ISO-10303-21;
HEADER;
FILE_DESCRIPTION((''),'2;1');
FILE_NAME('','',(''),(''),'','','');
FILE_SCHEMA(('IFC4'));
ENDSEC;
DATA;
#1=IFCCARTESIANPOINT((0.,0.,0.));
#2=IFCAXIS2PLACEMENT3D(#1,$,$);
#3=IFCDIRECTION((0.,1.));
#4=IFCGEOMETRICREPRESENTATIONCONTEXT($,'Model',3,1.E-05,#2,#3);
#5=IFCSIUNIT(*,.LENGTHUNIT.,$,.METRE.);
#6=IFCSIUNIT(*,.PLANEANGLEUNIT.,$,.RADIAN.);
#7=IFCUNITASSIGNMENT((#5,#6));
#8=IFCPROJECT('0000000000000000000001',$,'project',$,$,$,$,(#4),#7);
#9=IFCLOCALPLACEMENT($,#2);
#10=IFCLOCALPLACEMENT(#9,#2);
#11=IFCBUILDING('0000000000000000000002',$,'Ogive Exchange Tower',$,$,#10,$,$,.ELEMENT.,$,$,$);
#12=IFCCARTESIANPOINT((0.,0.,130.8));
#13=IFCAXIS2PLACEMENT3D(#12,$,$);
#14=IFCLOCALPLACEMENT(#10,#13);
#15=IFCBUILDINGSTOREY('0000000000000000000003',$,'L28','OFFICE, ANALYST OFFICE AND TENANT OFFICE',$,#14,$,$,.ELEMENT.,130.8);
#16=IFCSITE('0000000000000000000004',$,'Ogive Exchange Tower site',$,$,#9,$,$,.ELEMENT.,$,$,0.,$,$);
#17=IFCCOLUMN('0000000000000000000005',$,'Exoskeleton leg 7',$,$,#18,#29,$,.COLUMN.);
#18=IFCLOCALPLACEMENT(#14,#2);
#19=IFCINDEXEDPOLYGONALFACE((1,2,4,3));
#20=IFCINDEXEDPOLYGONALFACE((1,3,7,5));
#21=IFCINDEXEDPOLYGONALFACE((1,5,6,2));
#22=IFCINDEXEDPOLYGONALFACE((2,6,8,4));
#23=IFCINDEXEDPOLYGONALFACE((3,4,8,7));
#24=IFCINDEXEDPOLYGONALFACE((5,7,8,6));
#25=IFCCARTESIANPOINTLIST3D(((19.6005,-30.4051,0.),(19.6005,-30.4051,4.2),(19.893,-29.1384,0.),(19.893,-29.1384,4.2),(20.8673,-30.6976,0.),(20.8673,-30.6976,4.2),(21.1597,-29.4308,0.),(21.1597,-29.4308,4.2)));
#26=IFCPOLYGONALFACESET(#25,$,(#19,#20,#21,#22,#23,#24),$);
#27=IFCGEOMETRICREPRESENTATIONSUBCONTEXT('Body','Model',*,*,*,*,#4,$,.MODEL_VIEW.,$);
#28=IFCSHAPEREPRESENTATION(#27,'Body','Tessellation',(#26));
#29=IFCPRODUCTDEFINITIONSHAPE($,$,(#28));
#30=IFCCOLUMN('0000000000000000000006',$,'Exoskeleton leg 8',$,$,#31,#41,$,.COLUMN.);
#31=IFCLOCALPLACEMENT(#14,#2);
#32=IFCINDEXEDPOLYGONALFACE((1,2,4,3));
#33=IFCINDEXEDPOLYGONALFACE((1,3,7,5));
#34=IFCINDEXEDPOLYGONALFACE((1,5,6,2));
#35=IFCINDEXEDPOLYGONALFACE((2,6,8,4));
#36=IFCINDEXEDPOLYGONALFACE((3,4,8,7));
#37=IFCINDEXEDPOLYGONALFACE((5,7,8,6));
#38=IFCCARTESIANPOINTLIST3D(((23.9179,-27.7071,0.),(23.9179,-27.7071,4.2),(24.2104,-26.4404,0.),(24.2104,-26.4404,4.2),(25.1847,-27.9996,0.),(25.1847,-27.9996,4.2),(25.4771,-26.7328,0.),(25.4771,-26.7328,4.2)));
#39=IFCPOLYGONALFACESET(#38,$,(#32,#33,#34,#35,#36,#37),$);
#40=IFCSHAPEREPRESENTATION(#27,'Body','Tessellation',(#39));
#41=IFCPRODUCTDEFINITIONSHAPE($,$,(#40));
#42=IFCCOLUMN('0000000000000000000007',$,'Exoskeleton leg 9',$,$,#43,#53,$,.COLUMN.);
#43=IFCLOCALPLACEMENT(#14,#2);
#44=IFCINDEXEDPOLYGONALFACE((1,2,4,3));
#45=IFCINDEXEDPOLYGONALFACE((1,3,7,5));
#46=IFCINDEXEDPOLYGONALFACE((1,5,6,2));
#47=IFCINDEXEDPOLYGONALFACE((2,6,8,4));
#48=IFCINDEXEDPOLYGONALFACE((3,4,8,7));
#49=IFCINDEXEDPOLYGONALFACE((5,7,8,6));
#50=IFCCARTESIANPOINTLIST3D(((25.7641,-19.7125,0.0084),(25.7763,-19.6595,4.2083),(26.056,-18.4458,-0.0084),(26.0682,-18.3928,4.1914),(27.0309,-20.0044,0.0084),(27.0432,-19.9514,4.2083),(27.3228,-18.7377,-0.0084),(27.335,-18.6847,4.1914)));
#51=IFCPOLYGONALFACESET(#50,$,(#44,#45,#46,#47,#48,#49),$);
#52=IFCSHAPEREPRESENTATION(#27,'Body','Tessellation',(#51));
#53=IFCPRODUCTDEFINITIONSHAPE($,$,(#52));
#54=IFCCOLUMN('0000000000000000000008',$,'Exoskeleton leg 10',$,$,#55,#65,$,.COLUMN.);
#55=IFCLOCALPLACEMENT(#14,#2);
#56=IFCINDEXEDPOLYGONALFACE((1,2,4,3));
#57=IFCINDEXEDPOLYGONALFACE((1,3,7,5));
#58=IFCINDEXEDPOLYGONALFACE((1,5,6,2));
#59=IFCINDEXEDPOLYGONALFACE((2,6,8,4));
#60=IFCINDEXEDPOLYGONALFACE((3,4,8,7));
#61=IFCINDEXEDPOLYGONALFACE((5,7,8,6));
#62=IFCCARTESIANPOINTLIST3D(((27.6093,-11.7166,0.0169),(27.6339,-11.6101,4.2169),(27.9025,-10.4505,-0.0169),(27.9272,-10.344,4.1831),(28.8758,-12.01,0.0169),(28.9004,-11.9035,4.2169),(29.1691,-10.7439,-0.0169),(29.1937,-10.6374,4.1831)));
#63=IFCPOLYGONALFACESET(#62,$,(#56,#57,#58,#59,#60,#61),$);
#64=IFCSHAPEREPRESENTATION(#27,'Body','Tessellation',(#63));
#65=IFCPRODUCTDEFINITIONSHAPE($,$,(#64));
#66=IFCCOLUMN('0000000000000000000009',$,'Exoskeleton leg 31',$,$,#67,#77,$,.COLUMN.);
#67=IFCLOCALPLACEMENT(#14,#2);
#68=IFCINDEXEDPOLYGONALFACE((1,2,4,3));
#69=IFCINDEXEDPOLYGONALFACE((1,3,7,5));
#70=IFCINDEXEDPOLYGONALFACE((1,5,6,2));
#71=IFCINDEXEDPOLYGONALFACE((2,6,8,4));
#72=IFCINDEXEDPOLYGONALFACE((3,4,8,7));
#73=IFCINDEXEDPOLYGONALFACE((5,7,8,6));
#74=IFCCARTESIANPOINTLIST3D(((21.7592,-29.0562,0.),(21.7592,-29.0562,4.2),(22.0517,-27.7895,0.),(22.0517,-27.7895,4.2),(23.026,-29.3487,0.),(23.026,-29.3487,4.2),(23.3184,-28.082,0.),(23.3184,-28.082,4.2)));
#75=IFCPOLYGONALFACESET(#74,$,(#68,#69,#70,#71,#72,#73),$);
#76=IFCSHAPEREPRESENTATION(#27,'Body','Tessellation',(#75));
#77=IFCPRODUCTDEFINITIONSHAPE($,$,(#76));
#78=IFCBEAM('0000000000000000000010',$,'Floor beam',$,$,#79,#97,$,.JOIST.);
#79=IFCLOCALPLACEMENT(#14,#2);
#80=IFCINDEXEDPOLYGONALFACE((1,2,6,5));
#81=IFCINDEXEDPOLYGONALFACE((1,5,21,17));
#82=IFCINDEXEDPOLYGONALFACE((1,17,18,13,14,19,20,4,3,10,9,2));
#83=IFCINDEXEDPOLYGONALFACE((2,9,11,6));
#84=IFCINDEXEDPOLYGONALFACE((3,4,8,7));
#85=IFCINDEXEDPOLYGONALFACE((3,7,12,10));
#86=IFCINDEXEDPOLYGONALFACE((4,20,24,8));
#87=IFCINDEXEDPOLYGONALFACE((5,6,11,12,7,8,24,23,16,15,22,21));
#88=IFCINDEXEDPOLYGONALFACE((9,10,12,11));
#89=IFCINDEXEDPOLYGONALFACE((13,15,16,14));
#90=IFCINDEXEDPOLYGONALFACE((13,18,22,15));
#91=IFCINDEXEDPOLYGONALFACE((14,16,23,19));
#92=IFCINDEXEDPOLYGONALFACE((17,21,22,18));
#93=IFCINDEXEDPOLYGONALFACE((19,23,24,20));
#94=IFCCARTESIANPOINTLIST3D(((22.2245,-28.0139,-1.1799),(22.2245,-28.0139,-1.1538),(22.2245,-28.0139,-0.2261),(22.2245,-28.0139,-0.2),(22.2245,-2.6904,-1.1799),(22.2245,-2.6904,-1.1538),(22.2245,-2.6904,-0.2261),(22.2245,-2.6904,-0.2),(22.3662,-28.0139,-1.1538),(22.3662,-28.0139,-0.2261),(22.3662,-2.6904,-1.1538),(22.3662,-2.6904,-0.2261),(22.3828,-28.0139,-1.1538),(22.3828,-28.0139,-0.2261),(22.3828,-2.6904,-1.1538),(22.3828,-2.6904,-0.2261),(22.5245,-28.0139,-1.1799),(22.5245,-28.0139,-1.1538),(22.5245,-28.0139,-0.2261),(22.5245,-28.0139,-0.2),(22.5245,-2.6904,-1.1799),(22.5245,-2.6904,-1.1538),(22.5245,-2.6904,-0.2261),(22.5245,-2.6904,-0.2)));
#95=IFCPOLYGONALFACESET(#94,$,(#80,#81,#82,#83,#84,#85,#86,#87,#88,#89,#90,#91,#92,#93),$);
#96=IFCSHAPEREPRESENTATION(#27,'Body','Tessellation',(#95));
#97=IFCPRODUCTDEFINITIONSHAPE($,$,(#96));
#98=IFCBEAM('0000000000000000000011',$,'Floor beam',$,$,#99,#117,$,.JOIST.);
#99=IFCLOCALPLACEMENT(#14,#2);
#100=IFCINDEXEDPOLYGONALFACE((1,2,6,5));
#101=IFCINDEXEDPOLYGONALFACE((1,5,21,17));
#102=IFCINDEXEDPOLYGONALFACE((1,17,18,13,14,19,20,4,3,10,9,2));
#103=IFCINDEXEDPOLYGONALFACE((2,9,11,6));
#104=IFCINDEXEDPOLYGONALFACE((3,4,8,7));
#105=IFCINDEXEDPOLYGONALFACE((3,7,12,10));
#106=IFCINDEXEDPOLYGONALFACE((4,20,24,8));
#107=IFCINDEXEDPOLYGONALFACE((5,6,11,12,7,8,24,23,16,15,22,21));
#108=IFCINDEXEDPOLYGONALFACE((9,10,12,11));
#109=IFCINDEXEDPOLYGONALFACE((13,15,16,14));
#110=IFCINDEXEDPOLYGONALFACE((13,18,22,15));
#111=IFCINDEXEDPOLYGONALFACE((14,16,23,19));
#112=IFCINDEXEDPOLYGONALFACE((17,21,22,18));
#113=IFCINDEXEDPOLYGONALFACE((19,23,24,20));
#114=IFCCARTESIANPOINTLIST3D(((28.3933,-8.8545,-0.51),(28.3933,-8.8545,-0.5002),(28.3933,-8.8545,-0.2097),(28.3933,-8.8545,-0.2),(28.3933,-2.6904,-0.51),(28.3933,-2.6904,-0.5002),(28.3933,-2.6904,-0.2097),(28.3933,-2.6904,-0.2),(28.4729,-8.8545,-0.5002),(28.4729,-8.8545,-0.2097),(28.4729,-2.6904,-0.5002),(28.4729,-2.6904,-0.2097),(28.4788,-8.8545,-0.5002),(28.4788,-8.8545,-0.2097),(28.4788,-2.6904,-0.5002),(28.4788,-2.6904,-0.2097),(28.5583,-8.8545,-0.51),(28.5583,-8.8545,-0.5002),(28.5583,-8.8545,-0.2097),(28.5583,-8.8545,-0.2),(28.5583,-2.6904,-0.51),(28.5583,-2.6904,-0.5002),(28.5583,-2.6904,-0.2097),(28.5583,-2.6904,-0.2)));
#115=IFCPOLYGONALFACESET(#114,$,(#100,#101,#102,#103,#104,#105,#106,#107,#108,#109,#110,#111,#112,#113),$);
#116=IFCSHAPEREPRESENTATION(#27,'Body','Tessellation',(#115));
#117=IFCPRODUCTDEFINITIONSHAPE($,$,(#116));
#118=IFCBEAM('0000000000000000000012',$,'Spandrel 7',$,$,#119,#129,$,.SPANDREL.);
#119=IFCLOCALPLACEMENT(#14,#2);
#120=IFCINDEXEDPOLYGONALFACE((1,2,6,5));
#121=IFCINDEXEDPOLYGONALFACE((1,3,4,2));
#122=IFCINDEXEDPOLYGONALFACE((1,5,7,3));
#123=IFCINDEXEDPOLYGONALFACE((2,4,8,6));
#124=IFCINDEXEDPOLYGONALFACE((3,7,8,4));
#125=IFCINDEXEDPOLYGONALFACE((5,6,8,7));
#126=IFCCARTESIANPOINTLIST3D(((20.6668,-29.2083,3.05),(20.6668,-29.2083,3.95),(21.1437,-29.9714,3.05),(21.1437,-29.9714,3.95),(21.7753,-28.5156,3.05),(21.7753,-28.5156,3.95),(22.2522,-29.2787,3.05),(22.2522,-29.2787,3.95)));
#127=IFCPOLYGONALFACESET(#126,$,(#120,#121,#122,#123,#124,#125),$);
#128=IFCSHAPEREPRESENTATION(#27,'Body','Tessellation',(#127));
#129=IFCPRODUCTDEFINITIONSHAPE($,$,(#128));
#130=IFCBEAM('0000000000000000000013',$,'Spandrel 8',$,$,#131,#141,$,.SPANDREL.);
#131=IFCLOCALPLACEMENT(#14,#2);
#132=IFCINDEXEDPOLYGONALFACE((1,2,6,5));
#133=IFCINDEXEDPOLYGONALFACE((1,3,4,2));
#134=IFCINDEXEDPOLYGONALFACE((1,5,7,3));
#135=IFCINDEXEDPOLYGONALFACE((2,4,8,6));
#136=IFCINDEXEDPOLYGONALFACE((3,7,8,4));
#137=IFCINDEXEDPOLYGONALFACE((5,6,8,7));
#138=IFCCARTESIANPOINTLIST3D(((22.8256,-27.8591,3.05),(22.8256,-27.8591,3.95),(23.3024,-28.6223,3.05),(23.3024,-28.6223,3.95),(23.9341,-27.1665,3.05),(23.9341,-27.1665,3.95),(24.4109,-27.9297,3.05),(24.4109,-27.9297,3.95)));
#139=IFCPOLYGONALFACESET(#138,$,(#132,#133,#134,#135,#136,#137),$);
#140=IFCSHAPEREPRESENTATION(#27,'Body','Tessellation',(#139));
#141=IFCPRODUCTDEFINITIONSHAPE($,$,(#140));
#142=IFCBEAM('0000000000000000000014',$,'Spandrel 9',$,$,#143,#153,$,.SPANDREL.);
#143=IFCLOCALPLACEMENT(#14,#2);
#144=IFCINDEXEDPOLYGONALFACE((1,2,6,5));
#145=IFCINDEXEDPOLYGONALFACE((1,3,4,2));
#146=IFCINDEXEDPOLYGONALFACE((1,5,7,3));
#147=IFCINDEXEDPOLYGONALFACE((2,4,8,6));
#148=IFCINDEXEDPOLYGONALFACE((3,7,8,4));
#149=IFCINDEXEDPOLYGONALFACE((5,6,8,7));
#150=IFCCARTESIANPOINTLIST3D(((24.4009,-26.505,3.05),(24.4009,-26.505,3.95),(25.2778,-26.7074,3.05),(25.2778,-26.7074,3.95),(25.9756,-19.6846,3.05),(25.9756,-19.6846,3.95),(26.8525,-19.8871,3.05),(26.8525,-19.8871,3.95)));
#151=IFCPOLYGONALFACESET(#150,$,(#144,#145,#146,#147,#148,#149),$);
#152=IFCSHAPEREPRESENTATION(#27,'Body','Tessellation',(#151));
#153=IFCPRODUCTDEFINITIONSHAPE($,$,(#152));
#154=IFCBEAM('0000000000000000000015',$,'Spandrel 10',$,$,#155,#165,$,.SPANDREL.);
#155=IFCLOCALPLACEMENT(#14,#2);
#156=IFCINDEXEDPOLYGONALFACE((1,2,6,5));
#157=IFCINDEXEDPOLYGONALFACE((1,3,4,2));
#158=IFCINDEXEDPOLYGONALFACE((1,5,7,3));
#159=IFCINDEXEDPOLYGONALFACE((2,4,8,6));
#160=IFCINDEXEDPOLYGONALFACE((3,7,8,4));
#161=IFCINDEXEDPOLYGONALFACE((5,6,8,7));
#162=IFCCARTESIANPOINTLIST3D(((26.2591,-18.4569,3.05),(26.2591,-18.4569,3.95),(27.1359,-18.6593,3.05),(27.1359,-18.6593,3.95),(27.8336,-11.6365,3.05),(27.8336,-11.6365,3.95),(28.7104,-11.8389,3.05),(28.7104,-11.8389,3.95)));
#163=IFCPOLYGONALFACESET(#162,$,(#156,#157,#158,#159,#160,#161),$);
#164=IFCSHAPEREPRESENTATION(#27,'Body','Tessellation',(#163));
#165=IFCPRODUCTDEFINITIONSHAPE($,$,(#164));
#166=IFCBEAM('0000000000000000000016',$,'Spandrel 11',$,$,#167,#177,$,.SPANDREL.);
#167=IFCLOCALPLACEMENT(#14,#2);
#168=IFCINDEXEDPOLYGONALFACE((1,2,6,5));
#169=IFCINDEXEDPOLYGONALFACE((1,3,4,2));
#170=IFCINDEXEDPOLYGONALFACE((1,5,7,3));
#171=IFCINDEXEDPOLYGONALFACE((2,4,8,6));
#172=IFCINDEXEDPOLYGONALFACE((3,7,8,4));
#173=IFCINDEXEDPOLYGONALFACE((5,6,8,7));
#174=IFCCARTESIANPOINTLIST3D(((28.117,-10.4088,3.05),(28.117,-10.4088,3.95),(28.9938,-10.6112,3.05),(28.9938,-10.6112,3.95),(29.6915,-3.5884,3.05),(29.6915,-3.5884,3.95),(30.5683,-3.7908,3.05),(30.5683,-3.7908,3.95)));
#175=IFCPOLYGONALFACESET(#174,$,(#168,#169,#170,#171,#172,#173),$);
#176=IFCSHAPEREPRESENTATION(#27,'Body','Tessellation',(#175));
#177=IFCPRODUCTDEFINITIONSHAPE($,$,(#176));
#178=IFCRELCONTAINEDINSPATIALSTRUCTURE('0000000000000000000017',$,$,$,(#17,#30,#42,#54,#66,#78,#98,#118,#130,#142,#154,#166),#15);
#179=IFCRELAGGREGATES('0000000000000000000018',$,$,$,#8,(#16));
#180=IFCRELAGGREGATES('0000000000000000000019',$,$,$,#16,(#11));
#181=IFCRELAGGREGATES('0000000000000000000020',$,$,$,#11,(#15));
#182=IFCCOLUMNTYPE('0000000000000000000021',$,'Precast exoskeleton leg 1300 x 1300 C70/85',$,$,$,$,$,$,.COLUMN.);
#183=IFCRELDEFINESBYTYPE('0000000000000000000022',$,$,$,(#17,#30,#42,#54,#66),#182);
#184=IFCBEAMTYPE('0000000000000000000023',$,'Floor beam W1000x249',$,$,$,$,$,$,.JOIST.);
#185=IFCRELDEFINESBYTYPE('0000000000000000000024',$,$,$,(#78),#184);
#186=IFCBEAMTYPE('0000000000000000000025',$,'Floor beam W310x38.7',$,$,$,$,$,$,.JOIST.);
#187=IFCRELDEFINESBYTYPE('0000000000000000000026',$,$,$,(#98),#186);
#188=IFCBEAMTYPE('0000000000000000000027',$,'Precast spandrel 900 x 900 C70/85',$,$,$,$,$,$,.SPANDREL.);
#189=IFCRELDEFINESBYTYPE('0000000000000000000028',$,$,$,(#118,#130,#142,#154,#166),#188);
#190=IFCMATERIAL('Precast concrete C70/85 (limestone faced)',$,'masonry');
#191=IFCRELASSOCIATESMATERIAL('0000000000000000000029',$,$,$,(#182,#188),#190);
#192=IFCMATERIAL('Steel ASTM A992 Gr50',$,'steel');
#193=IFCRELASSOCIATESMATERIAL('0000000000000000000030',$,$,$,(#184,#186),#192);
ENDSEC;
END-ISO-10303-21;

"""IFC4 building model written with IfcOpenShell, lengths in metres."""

from ifc_helpers import new_model, si_unit, direction, frame, origin, origin_2d, place, context, subcontext, project, spatial, rectangle, i_section, extrude, material, material_profile, profile_set, type_object, element, save


model = new_model("IFC4")

# Units and contexts
model_context = context("Model", 3, precision=1e-05, world=origin(), true_north=direction((0.0, 1.0)))
body_context = subcontext(model_context, "Body", "Model", "MODEL_VIEW")
ifc_project = project(units=[si_unit("LENGTHUNIT", "METRE"), si_unit("PLANEANGLEUNIT", "RADIAN")], contexts=[model_context])

# Site, building, storey
site_placement = place(None, origin())
site = spatial("IfcSite", under=ifc_project, at=site_placement, Name="Ogive Exchange Tower site", CompositionType="ELEMENT", RefElevation=0.0)
building_placement = place(site_placement, origin())
building = spatial("IfcBuilding", under=site, at=building_placement, Name="Ogive Exchange Tower", CompositionType="ELEMENT")
storey_placement = place(building_placement, frame((0.0, 0.0, 130.8)))
storey = spatial("IfcBuildingStorey", under=building, at=storey_placement, Name="L28", Description="OFFICE, ANALYST OFFICE AND TENANT OFFICE", CompositionType="ELEMENT", Elevation=130.8)

# Columns
ifc_material_1 = material(Name="Precast concrete C70/85 (limestone faced)", Category="masonry")
ifc_material_profile_1 = material_profile(ifc_material_1, rectangle(XDim=1.3, YDim=1.3, at=origin_2d()), Name="1300 x 1300")
ifc_profile_set_1 = profile_set([ifc_material_profile_1], Name="Precast concrete C70/85 (limestone faced)")
column_type = type_object("IfcColumnType", Name="Precast exoskeleton leg 1300 x 1300 C70/85", PredefinedType="COLUMN", material=ifc_profile_set_1)
for number, where, z_axis, x_axis, name in (
    (1, (20.3801, -29.918, 0.0), (0.0, 0.0, 1.0), (0.97437, -0.224951, 0.0), "Exoskeleton leg 7"),
    (2, (24.6975, -27.22, 0.0), (0.0, 0.0, 1.0), (0.97437, -0.224951, 0.0), "Exoskeleton leg 8"),
):
    element("IfcColumn", number, at=place(storey_placement, frame(where, z_axis=z_axis, x_axis=x_axis)), inside=storey, type_object=column_type, Name=name, PredefinedType="COLUMN", context=body_context, shape_type="SweptSolid", body=[
        extrude(rectangle(XDim=1.3, YDim=1.3, at=origin_2d()), origin(), (0.0, 0.0, 1.0), 4.2),
    ])
column_1_placement = place(storey_placement, frame((26.5435, -19.2251, 0.0), z_axis=(0.002906, 0.012613, 0.999916), x_axis=(-0.974467, 0.224532, 0.0)))
element("IfcColumn", 3, at=column_1_placement, inside=storey, type_object=column_type, Name="Exoskeleton leg 9", PredefinedType="COLUMN", context=body_context, shape_type="SweptSolid", body=[
    extrude(rectangle(XDim=1.3, YDim=1.3, at=origin_2d()), origin(), (0.0, 0.0, 1.0), 4.2002),
])
column_2_placement = place(storey_placement, frame((28.3892, -11.2302, 0.0), z_axis=(0.005869, 0.025336, 0.999662), x_axis=(-0.974203, 0.225675, 0.0)))
element("IfcColumn", 4, at=column_2_placement, inside=storey, type_object=column_type, Name="Exoskeleton leg 10", PredefinedType="COLUMN", context=body_context, shape_type="SweptSolid", body=[
    extrude(rectangle(XDim=1.3, YDim=1.3, at=origin_2d()), origin(), (0.0, 0.0, 1.0), 4.2014),
])
column_3_placement = place(storey_placement, frame((22.5388, -28.5691, 0.0), z_axis=(0.0, 0.0, 1.0), x_axis=(0.97437, -0.224951, 0.0)))
element("IfcColumn", 5, at=column_3_placement, inside=storey, type_object=column_type, Name="Exoskeleton leg 31", PredefinedType="COLUMN", context=body_context, shape_type="SweptSolid", body=[
    extrude(rectangle(XDim=1.3, YDim=1.3, at=origin_2d()), origin(), (0.0, 0.0, 1.0), 4.2),
])

# Beams
ifc_material_2 = material(Name="Steel ASTM A992 Gr50", Category="steel")
ifc_material_profile_2 = material_profile(ifc_material_2, i_section(OverallWidth=0.3, OverallDepth=0.98, WebThickness=0.0166, FlangeThickness=0.0261, at=origin_2d()), Name="W1000x249")
ifc_profile_set_2 = profile_set([ifc_material_profile_2], Name="Steel ASTM A992 Gr50")
beam_type_1 = type_object("IfcBeamType", Name="Floor beam W1000x249", PredefinedType="JOIST", material=ifc_profile_set_2)
beam_1_placement = place(storey_placement, frame((22.3745, -28.0139, -0.6899), z_axis=(0.0, 1.0, 0.0), x_axis=(-1.0, 0.0, 0.0)))
element("IfcBeam", 6, at=beam_1_placement, inside=storey, type_object=beam_type_1, Name="Floor beam", PredefinedType="JOIST", context=body_context, shape_type="SweptSolid", body=[
    extrude(i_section(OverallWidth=0.3, OverallDepth=0.98, WebThickness=0.0166, FlangeThickness=0.0261, at=origin_2d()), origin(), (0.0, 0.0, 1.0), 25.3235),
])
ifc_material_profile_3 = material_profile(ifc_material_2, i_section(OverallWidth=0.165, OverallDepth=0.3101, WebThickness=0.0059, FlangeThickness=0.0098, at=origin_2d()), Name="W310x38.7")
ifc_profile_set_3 = profile_set([ifc_material_profile_3], Name="Steel ASTM A992 Gr50")
beam_type_2 = type_object("IfcBeamType", Name="Floor beam W310x38.7", PredefinedType="JOIST", material=ifc_profile_set_3)
beam_2_placement = place(storey_placement, frame((28.4758, -8.8545, -0.355), z_axis=(0.0, 1.0, 0.0), x_axis=(-1.0, 0.0, 0.0)))
element("IfcBeam", 7, at=beam_2_placement, inside=storey, type_object=beam_type_2, Name="Floor beam", PredefinedType="JOIST", context=body_context, shape_type="SweptSolid", body=[
    extrude(i_section(OverallWidth=0.165, OverallDepth=0.3101, WebThickness=0.0059, FlangeThickness=0.0098, at=origin_2d()), origin(), (0.0, 0.0, 1.0), 6.1641),
])
ifc_material_profile_4 = material_profile(ifc_material_1, rectangle(XDim=0.8999, YDim=0.8999, at=origin_2d()), Name="900 x 900")
ifc_profile_set_4 = profile_set([ifc_material_profile_4], Name="Precast concrete C70/85 (limestone faced)")
beam_type_3 = type_object("IfcBeamType", Name="Precast spandrel 900 x 900 C70/85", PredefinedType="SPANDREL", material=ifc_profile_set_4)
for number, where, z_axis, x_axis, name in (
    (8, (20.9053, -29.5898, 3.5), (0.84804, 0.529932, 0.0), (-0.529932, 0.84804, 0.0), "Spandrel 7"),
    (9, (23.064, -28.2407, 3.5), (0.848093, 0.529848, 0.0), (-0.529848, 0.848093, 0.0), "Spandrel 8"),
):
    element("IfcBeam", number, at=place(storey_placement, frame(where, z_axis=z_axis, x_axis=x_axis)), inside=storey, type_object=beam_type_3, Name=name, PredefinedType="SPANDREL", context=body_context, shape_type="SweptSolid", body=[
        extrude(rectangle(XDim=0.8999, YDim=0.8999, at=origin_2d()), origin(), (0.0, 0.0, 1.0), 1.3071),
    ])
for number, where, z_axis, x_axis, name in (
    (10, (24.8394, -26.6062, 3.5), (0.224966, 0.974367, 0.0), (-0.974367, 0.224966, 0.0), "Spandrel 9"),
    (11, (26.6975, -18.5581, 3.5), (0.224933, 0.974374, 0.0), (-0.974374, 0.224933, 0.0), "Spandrel 10"),
    (12, (28.5554, -10.51, 3.5), (0.224933, 0.974374, 0.0), (-0.974374, 0.224933, 0.0), "Spandrel 11"),
):
    element("IfcBeam", number, at=place(storey_placement, frame(where, z_axis=z_axis, x_axis=x_axis)), inside=storey, type_object=beam_type_3, Name=name, PredefinedType="SPANDREL", context=body_context, shape_type="SweptSolid", body=[
        extrude(rectangle(XDim=0.8999, YDim=0.8999, at=origin_2d()), origin(), (0.0, 0.0, 1.0), 6.9998),
    ])

save(model, "model.ifc")
